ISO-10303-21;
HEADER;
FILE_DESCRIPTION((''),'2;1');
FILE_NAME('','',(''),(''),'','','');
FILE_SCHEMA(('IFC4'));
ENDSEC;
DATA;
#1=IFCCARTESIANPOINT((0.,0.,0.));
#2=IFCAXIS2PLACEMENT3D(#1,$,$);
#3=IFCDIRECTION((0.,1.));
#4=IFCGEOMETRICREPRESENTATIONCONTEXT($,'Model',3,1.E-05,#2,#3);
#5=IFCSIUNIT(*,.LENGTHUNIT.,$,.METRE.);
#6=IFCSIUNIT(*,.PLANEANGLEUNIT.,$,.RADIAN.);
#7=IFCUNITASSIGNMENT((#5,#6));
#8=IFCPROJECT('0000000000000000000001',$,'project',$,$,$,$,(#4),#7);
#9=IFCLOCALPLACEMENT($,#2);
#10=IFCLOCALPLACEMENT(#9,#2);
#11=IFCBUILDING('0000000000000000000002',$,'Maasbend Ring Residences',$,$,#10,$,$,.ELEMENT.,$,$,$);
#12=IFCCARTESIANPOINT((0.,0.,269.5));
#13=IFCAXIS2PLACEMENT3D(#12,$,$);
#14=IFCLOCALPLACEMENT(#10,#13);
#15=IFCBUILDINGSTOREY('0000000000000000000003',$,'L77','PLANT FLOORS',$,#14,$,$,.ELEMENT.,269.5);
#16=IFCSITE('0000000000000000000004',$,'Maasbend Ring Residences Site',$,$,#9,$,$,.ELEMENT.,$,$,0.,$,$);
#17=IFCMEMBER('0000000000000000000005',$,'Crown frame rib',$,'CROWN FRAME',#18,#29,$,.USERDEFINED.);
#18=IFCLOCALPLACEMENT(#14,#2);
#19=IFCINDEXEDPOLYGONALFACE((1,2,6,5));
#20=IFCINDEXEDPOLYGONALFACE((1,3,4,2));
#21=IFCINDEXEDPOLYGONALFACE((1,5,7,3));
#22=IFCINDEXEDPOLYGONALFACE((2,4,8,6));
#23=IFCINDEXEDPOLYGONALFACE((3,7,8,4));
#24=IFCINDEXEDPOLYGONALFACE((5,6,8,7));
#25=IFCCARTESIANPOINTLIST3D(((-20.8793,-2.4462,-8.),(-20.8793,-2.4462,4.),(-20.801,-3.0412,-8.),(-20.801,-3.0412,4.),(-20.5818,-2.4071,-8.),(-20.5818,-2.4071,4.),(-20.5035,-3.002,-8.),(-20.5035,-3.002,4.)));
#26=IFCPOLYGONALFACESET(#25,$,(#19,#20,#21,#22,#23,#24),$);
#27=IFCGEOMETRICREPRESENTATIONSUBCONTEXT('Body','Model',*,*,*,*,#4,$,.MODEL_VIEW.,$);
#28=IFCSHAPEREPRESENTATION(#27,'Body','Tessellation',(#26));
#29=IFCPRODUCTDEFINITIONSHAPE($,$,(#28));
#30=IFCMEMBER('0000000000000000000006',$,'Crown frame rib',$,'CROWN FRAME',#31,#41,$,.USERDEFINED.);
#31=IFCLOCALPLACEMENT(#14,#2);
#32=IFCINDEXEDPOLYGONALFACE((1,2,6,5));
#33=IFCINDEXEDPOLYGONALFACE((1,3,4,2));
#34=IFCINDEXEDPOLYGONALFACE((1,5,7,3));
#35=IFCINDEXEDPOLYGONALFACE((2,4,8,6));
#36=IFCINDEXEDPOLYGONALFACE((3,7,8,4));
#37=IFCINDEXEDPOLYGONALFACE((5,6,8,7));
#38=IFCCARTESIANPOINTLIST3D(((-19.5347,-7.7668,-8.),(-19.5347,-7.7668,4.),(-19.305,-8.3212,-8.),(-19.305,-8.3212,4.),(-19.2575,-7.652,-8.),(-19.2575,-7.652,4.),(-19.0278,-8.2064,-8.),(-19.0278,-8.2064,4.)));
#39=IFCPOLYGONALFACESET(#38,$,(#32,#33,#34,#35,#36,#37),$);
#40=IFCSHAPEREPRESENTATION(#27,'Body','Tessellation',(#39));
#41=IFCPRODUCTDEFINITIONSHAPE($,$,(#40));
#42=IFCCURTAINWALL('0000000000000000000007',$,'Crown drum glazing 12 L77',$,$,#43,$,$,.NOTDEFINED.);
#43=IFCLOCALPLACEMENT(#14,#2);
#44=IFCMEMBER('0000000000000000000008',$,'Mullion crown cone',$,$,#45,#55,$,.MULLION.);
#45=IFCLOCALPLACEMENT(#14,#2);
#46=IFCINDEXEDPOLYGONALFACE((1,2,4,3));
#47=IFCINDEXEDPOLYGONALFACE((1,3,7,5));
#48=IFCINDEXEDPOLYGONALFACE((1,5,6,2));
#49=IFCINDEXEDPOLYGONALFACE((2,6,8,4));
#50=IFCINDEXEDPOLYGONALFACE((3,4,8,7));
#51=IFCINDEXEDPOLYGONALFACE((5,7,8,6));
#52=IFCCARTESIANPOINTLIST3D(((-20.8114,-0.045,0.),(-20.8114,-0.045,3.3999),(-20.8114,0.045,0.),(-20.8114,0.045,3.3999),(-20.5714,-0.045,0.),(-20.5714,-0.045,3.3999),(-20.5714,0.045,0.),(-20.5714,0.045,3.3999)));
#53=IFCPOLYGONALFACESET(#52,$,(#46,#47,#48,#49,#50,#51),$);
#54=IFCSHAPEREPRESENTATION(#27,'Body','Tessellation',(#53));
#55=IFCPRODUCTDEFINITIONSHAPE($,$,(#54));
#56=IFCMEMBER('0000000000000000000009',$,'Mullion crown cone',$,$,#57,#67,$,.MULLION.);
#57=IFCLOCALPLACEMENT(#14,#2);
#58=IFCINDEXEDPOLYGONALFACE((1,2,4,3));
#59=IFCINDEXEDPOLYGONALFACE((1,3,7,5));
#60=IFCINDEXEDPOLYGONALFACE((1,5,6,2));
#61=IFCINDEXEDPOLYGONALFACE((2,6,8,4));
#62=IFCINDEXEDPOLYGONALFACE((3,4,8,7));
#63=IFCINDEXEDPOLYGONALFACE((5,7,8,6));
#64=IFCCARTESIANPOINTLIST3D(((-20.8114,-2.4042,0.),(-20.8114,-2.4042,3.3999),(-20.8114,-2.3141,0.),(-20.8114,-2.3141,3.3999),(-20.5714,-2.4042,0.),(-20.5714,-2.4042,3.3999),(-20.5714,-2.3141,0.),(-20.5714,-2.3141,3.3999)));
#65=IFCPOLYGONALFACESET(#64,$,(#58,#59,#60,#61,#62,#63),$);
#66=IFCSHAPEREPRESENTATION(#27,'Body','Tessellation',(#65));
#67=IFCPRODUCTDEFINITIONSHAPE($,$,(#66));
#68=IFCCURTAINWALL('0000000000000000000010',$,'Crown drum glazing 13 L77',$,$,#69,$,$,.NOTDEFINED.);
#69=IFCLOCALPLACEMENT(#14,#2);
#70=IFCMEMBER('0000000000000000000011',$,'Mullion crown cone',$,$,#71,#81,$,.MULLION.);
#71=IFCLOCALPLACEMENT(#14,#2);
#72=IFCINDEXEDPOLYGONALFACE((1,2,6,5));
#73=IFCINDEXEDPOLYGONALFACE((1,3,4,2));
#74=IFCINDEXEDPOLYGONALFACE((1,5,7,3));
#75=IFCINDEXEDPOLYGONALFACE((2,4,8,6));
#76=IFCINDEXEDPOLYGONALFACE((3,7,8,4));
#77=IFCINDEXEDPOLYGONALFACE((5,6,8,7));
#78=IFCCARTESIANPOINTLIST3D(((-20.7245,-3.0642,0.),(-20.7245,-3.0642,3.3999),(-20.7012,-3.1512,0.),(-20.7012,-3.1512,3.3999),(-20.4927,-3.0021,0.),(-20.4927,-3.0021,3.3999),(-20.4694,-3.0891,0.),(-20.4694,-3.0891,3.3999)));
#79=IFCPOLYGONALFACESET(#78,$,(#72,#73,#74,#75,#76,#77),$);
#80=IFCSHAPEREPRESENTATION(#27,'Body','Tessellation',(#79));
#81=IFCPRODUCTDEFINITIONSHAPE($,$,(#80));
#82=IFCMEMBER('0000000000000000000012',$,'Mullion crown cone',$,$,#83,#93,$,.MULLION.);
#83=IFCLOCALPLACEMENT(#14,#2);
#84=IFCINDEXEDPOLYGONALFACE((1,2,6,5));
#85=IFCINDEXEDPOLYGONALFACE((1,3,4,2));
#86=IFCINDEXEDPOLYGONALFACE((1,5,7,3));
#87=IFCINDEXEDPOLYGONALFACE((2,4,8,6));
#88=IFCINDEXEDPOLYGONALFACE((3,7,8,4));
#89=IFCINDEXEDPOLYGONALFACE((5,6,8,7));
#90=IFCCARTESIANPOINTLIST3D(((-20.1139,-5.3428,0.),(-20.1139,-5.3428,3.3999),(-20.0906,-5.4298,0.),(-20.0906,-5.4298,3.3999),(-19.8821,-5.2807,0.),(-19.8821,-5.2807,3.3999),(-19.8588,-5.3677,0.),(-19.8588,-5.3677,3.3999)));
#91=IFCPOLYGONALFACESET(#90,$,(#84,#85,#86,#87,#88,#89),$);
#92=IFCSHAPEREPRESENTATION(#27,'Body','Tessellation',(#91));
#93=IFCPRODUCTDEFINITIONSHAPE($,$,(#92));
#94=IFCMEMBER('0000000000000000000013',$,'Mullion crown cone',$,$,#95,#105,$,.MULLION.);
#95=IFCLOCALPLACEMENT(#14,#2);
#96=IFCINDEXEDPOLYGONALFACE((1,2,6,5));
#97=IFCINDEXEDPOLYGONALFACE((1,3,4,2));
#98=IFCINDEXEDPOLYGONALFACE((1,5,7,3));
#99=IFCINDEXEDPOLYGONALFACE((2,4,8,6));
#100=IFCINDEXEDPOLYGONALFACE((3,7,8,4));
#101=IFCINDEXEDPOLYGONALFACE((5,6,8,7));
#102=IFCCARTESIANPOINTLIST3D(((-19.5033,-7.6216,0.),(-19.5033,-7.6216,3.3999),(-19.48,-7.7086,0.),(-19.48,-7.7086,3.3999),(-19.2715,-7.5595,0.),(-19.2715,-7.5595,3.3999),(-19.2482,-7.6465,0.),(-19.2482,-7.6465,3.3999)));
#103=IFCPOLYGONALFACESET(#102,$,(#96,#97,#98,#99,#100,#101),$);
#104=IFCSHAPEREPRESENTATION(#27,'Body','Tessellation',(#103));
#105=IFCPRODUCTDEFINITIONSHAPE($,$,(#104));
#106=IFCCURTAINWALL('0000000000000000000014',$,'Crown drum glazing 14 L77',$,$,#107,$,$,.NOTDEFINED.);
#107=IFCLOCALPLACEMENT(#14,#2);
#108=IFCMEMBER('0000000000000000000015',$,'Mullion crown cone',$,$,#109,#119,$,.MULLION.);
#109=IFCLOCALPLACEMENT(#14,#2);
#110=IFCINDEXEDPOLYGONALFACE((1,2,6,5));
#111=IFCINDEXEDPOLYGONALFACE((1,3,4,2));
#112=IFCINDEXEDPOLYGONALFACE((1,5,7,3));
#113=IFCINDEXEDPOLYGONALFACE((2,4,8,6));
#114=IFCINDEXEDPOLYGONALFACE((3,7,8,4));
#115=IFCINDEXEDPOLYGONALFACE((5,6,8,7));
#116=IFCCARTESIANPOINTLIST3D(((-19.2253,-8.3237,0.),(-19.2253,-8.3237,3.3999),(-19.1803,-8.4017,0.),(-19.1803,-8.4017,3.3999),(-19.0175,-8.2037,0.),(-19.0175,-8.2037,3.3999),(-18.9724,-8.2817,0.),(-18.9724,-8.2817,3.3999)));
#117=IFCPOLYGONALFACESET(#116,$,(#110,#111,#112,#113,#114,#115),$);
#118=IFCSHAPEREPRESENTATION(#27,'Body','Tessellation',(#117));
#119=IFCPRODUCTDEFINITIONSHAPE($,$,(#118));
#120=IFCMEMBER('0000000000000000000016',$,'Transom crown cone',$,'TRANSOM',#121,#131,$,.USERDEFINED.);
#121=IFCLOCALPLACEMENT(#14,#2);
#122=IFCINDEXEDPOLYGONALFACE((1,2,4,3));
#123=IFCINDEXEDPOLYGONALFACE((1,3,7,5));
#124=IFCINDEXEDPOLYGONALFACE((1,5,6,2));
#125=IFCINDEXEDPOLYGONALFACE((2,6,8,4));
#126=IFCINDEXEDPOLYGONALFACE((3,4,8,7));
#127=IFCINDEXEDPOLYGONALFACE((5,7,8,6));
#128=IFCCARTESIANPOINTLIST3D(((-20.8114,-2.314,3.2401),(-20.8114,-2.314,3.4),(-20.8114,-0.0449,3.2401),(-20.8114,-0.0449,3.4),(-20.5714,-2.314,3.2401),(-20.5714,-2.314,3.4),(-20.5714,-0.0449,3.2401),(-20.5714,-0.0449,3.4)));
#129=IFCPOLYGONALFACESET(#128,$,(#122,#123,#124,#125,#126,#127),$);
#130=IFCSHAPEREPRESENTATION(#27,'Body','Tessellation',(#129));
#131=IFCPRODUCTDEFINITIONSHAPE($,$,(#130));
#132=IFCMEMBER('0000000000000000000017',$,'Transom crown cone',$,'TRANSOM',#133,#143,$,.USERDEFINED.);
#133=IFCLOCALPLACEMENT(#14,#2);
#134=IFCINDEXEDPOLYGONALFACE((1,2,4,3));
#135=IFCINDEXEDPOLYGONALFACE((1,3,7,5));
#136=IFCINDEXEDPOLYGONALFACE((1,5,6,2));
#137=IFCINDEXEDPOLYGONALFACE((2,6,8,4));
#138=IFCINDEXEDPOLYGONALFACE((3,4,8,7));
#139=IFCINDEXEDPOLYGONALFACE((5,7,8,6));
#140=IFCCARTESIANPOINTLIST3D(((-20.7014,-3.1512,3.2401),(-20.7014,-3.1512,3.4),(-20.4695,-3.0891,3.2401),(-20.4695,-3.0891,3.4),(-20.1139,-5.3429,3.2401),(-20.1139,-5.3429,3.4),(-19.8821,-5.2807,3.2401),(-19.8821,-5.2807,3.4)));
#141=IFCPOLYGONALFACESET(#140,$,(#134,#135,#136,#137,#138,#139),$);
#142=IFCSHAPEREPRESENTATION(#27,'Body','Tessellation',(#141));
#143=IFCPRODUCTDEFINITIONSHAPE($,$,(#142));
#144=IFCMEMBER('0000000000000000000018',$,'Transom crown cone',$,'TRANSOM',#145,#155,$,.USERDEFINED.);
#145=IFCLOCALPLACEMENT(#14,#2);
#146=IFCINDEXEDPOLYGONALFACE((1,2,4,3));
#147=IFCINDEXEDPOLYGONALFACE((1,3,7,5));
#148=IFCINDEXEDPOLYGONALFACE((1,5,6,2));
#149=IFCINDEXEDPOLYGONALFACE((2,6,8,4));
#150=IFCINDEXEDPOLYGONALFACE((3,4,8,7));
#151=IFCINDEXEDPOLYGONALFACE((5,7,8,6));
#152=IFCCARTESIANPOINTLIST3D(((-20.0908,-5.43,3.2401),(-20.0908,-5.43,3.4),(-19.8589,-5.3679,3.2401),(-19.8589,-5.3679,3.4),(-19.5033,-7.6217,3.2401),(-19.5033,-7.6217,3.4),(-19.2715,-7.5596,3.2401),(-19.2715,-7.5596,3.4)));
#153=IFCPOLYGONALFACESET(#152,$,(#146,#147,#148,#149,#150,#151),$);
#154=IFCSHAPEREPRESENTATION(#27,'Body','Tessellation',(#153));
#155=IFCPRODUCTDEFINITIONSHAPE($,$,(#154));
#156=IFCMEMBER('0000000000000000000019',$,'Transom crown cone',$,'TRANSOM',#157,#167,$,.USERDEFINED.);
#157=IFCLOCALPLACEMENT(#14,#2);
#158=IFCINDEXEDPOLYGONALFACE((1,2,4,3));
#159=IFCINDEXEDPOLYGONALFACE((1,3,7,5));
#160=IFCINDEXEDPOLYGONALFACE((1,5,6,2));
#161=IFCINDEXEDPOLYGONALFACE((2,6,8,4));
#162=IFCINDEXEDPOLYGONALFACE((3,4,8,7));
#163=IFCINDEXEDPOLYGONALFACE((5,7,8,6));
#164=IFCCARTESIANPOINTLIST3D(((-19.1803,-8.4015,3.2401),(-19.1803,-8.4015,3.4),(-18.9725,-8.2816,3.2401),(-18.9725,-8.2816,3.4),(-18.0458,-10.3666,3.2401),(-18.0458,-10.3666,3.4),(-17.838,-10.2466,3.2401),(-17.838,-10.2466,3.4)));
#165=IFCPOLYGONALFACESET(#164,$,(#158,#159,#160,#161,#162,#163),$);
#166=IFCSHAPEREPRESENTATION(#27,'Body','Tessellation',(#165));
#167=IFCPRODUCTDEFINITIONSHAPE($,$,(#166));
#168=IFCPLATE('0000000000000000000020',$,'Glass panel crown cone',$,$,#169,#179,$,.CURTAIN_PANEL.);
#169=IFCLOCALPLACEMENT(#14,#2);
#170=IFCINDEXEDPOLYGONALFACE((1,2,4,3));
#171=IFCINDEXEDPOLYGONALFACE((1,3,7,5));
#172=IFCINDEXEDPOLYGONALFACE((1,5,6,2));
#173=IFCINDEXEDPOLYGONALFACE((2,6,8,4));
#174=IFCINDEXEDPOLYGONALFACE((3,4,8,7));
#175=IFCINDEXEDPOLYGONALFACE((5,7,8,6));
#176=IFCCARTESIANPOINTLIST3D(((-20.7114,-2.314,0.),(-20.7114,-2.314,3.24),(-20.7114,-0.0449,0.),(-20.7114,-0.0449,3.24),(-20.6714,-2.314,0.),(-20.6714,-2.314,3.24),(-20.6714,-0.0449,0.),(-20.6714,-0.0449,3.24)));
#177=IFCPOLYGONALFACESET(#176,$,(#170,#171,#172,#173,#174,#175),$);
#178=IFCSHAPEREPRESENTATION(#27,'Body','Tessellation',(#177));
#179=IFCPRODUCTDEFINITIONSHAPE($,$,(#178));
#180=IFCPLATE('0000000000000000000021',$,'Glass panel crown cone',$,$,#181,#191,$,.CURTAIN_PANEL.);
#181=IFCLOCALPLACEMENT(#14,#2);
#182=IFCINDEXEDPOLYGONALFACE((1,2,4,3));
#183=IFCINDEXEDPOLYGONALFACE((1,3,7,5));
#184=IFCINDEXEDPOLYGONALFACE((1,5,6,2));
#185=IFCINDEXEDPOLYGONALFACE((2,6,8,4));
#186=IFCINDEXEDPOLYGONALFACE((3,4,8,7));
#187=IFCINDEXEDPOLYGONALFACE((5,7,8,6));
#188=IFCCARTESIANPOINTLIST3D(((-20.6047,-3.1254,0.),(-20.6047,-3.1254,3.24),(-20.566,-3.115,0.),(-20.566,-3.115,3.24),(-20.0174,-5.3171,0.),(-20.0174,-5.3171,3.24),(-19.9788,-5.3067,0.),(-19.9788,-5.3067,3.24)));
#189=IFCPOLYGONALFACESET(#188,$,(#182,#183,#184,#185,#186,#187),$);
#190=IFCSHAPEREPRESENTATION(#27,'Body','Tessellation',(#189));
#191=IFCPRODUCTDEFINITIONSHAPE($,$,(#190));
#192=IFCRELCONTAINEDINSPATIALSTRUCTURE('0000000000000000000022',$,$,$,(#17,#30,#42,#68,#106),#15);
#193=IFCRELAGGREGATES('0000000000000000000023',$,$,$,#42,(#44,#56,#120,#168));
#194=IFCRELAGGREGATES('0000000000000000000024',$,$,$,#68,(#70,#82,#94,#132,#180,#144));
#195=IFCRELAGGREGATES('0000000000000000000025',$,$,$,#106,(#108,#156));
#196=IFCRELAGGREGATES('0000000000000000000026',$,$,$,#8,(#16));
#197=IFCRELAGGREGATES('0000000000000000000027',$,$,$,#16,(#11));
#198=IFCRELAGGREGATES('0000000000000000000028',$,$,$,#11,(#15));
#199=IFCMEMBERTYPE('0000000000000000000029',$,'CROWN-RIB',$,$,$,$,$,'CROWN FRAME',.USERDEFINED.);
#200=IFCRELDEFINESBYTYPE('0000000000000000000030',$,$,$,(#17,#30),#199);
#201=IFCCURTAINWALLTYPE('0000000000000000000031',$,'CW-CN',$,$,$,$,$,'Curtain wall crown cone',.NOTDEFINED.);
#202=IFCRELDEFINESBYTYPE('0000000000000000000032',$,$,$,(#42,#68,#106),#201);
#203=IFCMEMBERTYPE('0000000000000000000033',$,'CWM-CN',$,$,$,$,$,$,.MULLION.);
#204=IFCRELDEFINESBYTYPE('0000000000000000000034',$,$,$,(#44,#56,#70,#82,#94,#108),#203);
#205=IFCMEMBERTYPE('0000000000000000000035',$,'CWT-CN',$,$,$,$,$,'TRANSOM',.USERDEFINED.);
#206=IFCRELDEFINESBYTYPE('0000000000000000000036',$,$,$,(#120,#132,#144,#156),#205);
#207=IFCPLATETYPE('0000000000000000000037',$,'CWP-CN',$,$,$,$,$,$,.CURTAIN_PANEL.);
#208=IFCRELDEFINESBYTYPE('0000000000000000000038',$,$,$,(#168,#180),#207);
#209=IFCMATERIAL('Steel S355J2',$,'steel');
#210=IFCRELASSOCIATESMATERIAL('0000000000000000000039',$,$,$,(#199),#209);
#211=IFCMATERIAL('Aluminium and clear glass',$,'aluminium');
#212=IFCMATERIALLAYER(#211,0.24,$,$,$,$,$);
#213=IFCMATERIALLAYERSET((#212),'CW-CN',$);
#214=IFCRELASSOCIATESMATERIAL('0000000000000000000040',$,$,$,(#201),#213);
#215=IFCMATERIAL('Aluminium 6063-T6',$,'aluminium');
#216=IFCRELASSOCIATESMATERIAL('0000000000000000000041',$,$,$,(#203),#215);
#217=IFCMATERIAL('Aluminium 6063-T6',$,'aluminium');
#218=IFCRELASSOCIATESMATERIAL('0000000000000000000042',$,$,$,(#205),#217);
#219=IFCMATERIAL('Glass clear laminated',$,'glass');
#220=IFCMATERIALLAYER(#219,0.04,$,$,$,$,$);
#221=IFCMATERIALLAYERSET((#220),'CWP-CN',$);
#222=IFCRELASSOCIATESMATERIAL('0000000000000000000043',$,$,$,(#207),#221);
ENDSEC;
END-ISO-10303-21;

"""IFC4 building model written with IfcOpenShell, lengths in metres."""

from ifc_helpers import new_model, si_unit, direction, frame, origin, origin_2d, place, context, subcontext, project, spatial, rectangle, extrude, material, layer, layer_set, material_profile, profile_set, type_object, element, aggregate, save


model = new_model("IFC4")

# Units and contexts
model_context = context("Model", 3, precision=1e-05, world=origin(), true_north=direction((0.0, 1.0)))
body_context = subcontext(model_context, "Body", "Model", "MODEL_VIEW")
ifc_project = project(units=[si_unit("LENGTHUNIT", "METRE"), si_unit("PLANEANGLEUNIT", "RADIAN")], contexts=[model_context])

# Site, building, storey
site_placement = place(None, origin())
site = spatial("IfcSite", under=ifc_project, at=site_placement, Name="Maasbend Ring Residences Site", CompositionType="ELEMENT", RefElevation=0.0)
building_placement = place(site_placement, origin())
building = spatial("IfcBuilding", under=site, at=building_placement, Name="Maasbend Ring Residences", CompositionType="ELEMENT")
storey_placement = place(building_placement, frame((0.0, 0.0, 269.5)))
storey = spatial("IfcBuildingStorey", under=building, at=storey_placement, Name="L77", Description="PLANT FLOORS", CompositionType="ELEMENT", Elevation=269.5)

# Members
ifc_material_1 = material(Name="Steel S355J2", Category="steel")
ifc_material_profile_1 = material_profile(ifc_material_1, rectangle(XDim=0.3, YDim=0.6001, at=origin_2d()), Name="Box 300x600x12")
ifc_profile_set_1 = profile_set([ifc_material_profile_1], Name="Steel S355J2")
member_type_1 = type_object("IfcMemberType", Name="CROWN-RIB", ElementType="CROWN FRAME", PredefinedType="USERDEFINED", material=ifc_profile_set_1)
for number, where, z_axis, x_axis, name in (
    (1, (-20.6914, -2.7241, -8.0), (0.0, 0.0, 1.0), (-0.991445, -0.130526, 0.0), "Crown frame rib"),
    (2, (-19.2812, -7.9866, -8.0), (0.0, 0.0, 1.0), (-0.92388, -0.382683, 0.0), "Crown frame rib"),
):
    element("IfcMember", number, at=place(storey_placement, frame(where, z_axis=z_axis, x_axis=x_axis)), inside=storey, type_object=member_type_1, Name=name, ObjectType="CROWN FRAME", PredefinedType="USERDEFINED", context=body_context, shape_type="SweptSolid", body=[
        extrude(rectangle(XDim=0.3, YDim=0.6001, at=origin_2d()), origin(), (0.0, 0.0, 1.0), 12.0),
    ])

# Curtain walls, members
ifc_material_2 = material(Name="Aluminium and clear glass", Category="aluminium")
ifc_layer_1 = layer(ifc_material_2, 0.24)
ifc_layer_set_1 = layer_set([ifc_layer_1], Name="CW-CN")
curtain_wall_type = type_object("IfcCurtainWallType", Name="CW-CN", ElementType="Curtain wall crown cone", PredefinedType="NOTDEFINED", material=ifc_layer_set_1)
curtain_wall_1_placement = place(storey_placement, origin())
curtain_wall_1 = element("IfcCurtainWall", 3, at=curtain_wall_1_placement, inside=storey, type_object=curtain_wall_type, Name="Crown drum glazing 12 L77", PredefinedType="NOTDEFINED")
ifc_material_3 = material(Name="Aluminium 6063-T6", Category="aluminium")
ifc_material_profile_2 = material_profile(ifc_material_3, rectangle(XDim=0.24, YDim=0.0901, at=origin_2d()), Name="AL 240x90")
ifc_profile_set_2 = profile_set([ifc_material_profile_2], Name="Aluminium 6063-T6")
member_type_2 = type_object("IfcMemberType", Name="CWM-CN", PredefinedType="MULLION", material=ifc_profile_set_2)
member_1_placement = place(storey_placement, frame((-20.6914, 0.0, 0.0), z_axis=(0.0, 0.0, 1.0), x_axis=(1.0, 0.0, 0.0)))
member_1 = element("IfcMember", 4, at=member_1_placement, type_object=member_type_2, Name="Mullion crown cone", PredefinedType="MULLION", context=body_context, shape_type="SweptSolid", body=[
    extrude(rectangle(XDim=0.24, YDim=0.0901, at=origin_2d()), origin(), (0.0, 0.0, 1.0), 3.3999),
])
member_2_placement = place(storey_placement, frame((-20.6914, -2.3591, 0.0), z_axis=(0.0, 0.0, 1.0), x_axis=(1.0, 0.0, 0.0)))
member_2 = element("IfcMember", 5, at=member_2_placement, type_object=member_type_2, Name="Mullion crown cone", PredefinedType="MULLION", context=body_context, shape_type="SweptSolid", body=[
    extrude(rectangle(XDim=0.24, YDim=0.0901, at=origin_2d()), origin(), (0.0, 0.0, 1.0), 3.3999),
])
curtain_wall_2_placement = place(storey_placement, origin())
curtain_wall_2 = element("IfcCurtainWall", 6, at=curtain_wall_2_placement, inside=storey, type_object=curtain_wall_type, Name="Crown drum glazing 13 L77", PredefinedType="NOTDEFINED")
member_3_placement = place(storey_placement, frame((-20.5969, -3.0767, 0.0), z_axis=(0.0, 0.0, 1.0), x_axis=(0.965926, 0.258819, 0.0)))
member_3 = element("IfcMember", 7, at=member_3_placement, type_object=member_type_2, Name="Mullion crown cone", PredefinedType="MULLION", context=body_context, shape_type="SweptSolid", body=[
    extrude(rectangle(XDim=0.24, YDim=0.0901, at=origin_2d()), origin(), (0.0, 0.0, 1.0), 3.3999),
])
member_4_placement = place(storey_placement, frame((-19.9863, -5.3552, 0.0), z_axis=(0.0, 0.0, 1.0), x_axis=(0.965926, 0.258819, 0.0)))
member_4 = element("IfcMember", 8, at=member_4_placement, type_object=member_type_2, Name="Mullion crown cone", PredefinedType="MULLION", context=body_context, shape_type="SweptSolid", body=[
    extrude(rectangle(XDim=0.24, YDim=0.0901, at=origin_2d()), origin(), (0.0, 0.0, 1.0), 3.3999),
])
member_5_placement = place(storey_placement, frame((-19.3757, -7.634, 0.0), z_axis=(0.0, 0.0, 1.0), x_axis=(0.965926, 0.258819, 0.0)))
member_5 = element("IfcMember", 9, at=member_5_placement, type_object=member_type_2, Name="Mullion crown cone", PredefinedType="MULLION", context=body_context, shape_type="SweptSolid", body=[
    extrude(rectangle(XDim=0.24, YDim=0.0901, at=origin_2d()), origin(), (0.0, 0.0, 1.0), 3.3999),
])

# Curtain wall, member
curtain_wall_3_placement = place(storey_placement, origin())
curtain_wall_3 = element("IfcCurtainWall", 10, at=curtain_wall_3_placement, inside=storey, type_object=curtain_wall_type, Name="Crown drum glazing 14 L77", PredefinedType="NOTDEFINED")
member_6_placement = place(storey_placement, frame((-19.0989, -8.3027, 0.0), z_axis=(0.0, 0.0, 1.0), x_axis=(0.866025, 0.5, 0.0)))
member_6 = element("IfcMember", 11, at=member_6_placement, type_object=member_type_2, Name="Mullion crown cone", PredefinedType="MULLION", context=body_context, shape_type="SweptSolid", body=[
    extrude(rectangle(XDim=0.24, YDim=0.0901, at=origin_2d()), origin(), (0.0, 0.0, 1.0), 3.3999),
])

# Members
ifc_material_4 = material(Name="Aluminium 6063-T6", Category="aluminium")
ifc_material_profile_3 = material_profile(ifc_material_4, rectangle(XDim=0.24, YDim=0.1599, at=origin_2d()), Name="AL 240x160")
ifc_profile_set_3 = profile_set([ifc_material_profile_3], Name="Aluminium 6063-T6")
member_type_3 = type_object("IfcMemberType", Name="CWT-CN", ElementType="TRANSOM", PredefinedType="USERDEFINED", material=ifc_profile_set_3)
member_7_placement = place(storey_placement, frame((-20.6914, -0.0449, 3.3201), z_axis=(0.0, -1.0, 0.0), x_axis=(1.0, 0.0, 0.0)))
member_7 = element("IfcMember", 12, at=member_7_placement, type_object=member_type_3, Name="Transom crown cone", ObjectType="TRANSOM", PredefinedType="USERDEFINED", context=body_context, shape_type="SweptSolid", body=[
    extrude(rectangle(XDim=0.24, YDim=0.1599, at=origin_2d()), origin(), (0.0, 0.0, 1.0), 2.269),
])
member_8_placement = place(storey_placement, frame((-20.5854, -3.1201, 3.3201), z_axis=(0.258881, -0.965909, 0.0), x_axis=(0.965909, 0.258881, 0.0)))
member_8 = element("IfcMember", 13, at=member_8_placement, type_object=member_type_3, Name="Transom crown cone", ObjectType="TRANSOM", PredefinedType="USERDEFINED", context=body_context, shape_type="SweptSolid", body=[
    extrude(rectangle(XDim=0.24, YDim=0.1599, at=origin_2d()), origin(), (0.0, 0.0, 1.0), 2.269),
])
member_9_placement = place(storey_placement, frame((-19.9749, -5.3989, 3.3201), z_axis=(0.258881, -0.965909, 0.0), x_axis=(0.965909, 0.258881, 0.0)))
member_9 = element("IfcMember", 14, at=member_9_placement, type_object=member_type_3, Name="Transom crown cone", ObjectType="TRANSOM", PredefinedType="USERDEFINED", context=body_context, shape_type="SweptSolid", body=[
    extrude(rectangle(XDim=0.24, YDim=0.1599, at=origin_2d()), origin(), (0.0, 0.0, 1.0), 2.269),
])
member_10_placement = place(storey_placement, frame((-19.0764, -8.3416, 3.3201), z_axis=(0.499993, -0.86603, 0.0), x_axis=(0.86603, 0.499993, 0.0)))
member_10 = element("IfcMember", 15, at=member_10_placement, type_object=member_type_3, Name="Transom crown cone", ObjectType="TRANSOM", PredefinedType="USERDEFINED", context=body_context, shape_type="SweptSolid", body=[
    extrude(rectangle(XDim=0.24, YDim=0.1599, at=origin_2d()), origin(), (0.0, 0.0, 1.0), 2.269),
])

# Plates
ifc_material_5 = material(Name="Glass clear laminated", Category="glass")
ifc_layer_2 = layer(ifc_material_5, 0.04)
ifc_layer_set_2 = layer_set([ifc_layer_2], Name="CWP-CN")
plate_type = type_object("IfcPlateType", Name="CWP-CN", PredefinedType="CURTAIN_PANEL", material=ifc_layer_set_2)
plate_1_placement = place(storey_placement, frame((-20.6914, -1.1794, 0.0), z_axis=(0.0, 0.0, 1.0), x_axis=(0.0, -1.0, 0.0)))
plate_1 = element("IfcPlate", 16, at=plate_1_placement, type_object=plate_type, Name="Glass panel crown cone", PredefinedType="CURTAIN_PANEL", context=body_context, shape_type="SweptSolid", body=[
    extrude(rectangle(XDim=2.269, YDim=0.04, at=origin_2d()), origin(), (0.0, 0.0, 1.0), 3.24),
])
aggregate(curtain_wall_1, [member_1, member_2, member_7, plate_1])
plate_2_placement = place(storey_placement, frame((-20.2917, -4.2161, 0.0), z_axis=(0.0, 0.0, 1.0), x_axis=(0.258819, -0.965926, 0.0)))
plate_2 = element("IfcPlate", 17, at=plate_2_placement, type_object=plate_type, Name="Glass panel crown cone", PredefinedType="CURTAIN_PANEL", context=body_context, shape_type="SweptSolid", body=[
    extrude(rectangle(XDim=2.269, YDim=0.04, at=origin_2d()), origin(), (0.0, 0.0, 1.0), 3.24),
])
aggregate(curtain_wall_2, [member_3, member_4, member_5, member_8, plate_2, member_9])
aggregate(curtain_wall_3, [member_6, member_10])

save(model, "model.ifc")
